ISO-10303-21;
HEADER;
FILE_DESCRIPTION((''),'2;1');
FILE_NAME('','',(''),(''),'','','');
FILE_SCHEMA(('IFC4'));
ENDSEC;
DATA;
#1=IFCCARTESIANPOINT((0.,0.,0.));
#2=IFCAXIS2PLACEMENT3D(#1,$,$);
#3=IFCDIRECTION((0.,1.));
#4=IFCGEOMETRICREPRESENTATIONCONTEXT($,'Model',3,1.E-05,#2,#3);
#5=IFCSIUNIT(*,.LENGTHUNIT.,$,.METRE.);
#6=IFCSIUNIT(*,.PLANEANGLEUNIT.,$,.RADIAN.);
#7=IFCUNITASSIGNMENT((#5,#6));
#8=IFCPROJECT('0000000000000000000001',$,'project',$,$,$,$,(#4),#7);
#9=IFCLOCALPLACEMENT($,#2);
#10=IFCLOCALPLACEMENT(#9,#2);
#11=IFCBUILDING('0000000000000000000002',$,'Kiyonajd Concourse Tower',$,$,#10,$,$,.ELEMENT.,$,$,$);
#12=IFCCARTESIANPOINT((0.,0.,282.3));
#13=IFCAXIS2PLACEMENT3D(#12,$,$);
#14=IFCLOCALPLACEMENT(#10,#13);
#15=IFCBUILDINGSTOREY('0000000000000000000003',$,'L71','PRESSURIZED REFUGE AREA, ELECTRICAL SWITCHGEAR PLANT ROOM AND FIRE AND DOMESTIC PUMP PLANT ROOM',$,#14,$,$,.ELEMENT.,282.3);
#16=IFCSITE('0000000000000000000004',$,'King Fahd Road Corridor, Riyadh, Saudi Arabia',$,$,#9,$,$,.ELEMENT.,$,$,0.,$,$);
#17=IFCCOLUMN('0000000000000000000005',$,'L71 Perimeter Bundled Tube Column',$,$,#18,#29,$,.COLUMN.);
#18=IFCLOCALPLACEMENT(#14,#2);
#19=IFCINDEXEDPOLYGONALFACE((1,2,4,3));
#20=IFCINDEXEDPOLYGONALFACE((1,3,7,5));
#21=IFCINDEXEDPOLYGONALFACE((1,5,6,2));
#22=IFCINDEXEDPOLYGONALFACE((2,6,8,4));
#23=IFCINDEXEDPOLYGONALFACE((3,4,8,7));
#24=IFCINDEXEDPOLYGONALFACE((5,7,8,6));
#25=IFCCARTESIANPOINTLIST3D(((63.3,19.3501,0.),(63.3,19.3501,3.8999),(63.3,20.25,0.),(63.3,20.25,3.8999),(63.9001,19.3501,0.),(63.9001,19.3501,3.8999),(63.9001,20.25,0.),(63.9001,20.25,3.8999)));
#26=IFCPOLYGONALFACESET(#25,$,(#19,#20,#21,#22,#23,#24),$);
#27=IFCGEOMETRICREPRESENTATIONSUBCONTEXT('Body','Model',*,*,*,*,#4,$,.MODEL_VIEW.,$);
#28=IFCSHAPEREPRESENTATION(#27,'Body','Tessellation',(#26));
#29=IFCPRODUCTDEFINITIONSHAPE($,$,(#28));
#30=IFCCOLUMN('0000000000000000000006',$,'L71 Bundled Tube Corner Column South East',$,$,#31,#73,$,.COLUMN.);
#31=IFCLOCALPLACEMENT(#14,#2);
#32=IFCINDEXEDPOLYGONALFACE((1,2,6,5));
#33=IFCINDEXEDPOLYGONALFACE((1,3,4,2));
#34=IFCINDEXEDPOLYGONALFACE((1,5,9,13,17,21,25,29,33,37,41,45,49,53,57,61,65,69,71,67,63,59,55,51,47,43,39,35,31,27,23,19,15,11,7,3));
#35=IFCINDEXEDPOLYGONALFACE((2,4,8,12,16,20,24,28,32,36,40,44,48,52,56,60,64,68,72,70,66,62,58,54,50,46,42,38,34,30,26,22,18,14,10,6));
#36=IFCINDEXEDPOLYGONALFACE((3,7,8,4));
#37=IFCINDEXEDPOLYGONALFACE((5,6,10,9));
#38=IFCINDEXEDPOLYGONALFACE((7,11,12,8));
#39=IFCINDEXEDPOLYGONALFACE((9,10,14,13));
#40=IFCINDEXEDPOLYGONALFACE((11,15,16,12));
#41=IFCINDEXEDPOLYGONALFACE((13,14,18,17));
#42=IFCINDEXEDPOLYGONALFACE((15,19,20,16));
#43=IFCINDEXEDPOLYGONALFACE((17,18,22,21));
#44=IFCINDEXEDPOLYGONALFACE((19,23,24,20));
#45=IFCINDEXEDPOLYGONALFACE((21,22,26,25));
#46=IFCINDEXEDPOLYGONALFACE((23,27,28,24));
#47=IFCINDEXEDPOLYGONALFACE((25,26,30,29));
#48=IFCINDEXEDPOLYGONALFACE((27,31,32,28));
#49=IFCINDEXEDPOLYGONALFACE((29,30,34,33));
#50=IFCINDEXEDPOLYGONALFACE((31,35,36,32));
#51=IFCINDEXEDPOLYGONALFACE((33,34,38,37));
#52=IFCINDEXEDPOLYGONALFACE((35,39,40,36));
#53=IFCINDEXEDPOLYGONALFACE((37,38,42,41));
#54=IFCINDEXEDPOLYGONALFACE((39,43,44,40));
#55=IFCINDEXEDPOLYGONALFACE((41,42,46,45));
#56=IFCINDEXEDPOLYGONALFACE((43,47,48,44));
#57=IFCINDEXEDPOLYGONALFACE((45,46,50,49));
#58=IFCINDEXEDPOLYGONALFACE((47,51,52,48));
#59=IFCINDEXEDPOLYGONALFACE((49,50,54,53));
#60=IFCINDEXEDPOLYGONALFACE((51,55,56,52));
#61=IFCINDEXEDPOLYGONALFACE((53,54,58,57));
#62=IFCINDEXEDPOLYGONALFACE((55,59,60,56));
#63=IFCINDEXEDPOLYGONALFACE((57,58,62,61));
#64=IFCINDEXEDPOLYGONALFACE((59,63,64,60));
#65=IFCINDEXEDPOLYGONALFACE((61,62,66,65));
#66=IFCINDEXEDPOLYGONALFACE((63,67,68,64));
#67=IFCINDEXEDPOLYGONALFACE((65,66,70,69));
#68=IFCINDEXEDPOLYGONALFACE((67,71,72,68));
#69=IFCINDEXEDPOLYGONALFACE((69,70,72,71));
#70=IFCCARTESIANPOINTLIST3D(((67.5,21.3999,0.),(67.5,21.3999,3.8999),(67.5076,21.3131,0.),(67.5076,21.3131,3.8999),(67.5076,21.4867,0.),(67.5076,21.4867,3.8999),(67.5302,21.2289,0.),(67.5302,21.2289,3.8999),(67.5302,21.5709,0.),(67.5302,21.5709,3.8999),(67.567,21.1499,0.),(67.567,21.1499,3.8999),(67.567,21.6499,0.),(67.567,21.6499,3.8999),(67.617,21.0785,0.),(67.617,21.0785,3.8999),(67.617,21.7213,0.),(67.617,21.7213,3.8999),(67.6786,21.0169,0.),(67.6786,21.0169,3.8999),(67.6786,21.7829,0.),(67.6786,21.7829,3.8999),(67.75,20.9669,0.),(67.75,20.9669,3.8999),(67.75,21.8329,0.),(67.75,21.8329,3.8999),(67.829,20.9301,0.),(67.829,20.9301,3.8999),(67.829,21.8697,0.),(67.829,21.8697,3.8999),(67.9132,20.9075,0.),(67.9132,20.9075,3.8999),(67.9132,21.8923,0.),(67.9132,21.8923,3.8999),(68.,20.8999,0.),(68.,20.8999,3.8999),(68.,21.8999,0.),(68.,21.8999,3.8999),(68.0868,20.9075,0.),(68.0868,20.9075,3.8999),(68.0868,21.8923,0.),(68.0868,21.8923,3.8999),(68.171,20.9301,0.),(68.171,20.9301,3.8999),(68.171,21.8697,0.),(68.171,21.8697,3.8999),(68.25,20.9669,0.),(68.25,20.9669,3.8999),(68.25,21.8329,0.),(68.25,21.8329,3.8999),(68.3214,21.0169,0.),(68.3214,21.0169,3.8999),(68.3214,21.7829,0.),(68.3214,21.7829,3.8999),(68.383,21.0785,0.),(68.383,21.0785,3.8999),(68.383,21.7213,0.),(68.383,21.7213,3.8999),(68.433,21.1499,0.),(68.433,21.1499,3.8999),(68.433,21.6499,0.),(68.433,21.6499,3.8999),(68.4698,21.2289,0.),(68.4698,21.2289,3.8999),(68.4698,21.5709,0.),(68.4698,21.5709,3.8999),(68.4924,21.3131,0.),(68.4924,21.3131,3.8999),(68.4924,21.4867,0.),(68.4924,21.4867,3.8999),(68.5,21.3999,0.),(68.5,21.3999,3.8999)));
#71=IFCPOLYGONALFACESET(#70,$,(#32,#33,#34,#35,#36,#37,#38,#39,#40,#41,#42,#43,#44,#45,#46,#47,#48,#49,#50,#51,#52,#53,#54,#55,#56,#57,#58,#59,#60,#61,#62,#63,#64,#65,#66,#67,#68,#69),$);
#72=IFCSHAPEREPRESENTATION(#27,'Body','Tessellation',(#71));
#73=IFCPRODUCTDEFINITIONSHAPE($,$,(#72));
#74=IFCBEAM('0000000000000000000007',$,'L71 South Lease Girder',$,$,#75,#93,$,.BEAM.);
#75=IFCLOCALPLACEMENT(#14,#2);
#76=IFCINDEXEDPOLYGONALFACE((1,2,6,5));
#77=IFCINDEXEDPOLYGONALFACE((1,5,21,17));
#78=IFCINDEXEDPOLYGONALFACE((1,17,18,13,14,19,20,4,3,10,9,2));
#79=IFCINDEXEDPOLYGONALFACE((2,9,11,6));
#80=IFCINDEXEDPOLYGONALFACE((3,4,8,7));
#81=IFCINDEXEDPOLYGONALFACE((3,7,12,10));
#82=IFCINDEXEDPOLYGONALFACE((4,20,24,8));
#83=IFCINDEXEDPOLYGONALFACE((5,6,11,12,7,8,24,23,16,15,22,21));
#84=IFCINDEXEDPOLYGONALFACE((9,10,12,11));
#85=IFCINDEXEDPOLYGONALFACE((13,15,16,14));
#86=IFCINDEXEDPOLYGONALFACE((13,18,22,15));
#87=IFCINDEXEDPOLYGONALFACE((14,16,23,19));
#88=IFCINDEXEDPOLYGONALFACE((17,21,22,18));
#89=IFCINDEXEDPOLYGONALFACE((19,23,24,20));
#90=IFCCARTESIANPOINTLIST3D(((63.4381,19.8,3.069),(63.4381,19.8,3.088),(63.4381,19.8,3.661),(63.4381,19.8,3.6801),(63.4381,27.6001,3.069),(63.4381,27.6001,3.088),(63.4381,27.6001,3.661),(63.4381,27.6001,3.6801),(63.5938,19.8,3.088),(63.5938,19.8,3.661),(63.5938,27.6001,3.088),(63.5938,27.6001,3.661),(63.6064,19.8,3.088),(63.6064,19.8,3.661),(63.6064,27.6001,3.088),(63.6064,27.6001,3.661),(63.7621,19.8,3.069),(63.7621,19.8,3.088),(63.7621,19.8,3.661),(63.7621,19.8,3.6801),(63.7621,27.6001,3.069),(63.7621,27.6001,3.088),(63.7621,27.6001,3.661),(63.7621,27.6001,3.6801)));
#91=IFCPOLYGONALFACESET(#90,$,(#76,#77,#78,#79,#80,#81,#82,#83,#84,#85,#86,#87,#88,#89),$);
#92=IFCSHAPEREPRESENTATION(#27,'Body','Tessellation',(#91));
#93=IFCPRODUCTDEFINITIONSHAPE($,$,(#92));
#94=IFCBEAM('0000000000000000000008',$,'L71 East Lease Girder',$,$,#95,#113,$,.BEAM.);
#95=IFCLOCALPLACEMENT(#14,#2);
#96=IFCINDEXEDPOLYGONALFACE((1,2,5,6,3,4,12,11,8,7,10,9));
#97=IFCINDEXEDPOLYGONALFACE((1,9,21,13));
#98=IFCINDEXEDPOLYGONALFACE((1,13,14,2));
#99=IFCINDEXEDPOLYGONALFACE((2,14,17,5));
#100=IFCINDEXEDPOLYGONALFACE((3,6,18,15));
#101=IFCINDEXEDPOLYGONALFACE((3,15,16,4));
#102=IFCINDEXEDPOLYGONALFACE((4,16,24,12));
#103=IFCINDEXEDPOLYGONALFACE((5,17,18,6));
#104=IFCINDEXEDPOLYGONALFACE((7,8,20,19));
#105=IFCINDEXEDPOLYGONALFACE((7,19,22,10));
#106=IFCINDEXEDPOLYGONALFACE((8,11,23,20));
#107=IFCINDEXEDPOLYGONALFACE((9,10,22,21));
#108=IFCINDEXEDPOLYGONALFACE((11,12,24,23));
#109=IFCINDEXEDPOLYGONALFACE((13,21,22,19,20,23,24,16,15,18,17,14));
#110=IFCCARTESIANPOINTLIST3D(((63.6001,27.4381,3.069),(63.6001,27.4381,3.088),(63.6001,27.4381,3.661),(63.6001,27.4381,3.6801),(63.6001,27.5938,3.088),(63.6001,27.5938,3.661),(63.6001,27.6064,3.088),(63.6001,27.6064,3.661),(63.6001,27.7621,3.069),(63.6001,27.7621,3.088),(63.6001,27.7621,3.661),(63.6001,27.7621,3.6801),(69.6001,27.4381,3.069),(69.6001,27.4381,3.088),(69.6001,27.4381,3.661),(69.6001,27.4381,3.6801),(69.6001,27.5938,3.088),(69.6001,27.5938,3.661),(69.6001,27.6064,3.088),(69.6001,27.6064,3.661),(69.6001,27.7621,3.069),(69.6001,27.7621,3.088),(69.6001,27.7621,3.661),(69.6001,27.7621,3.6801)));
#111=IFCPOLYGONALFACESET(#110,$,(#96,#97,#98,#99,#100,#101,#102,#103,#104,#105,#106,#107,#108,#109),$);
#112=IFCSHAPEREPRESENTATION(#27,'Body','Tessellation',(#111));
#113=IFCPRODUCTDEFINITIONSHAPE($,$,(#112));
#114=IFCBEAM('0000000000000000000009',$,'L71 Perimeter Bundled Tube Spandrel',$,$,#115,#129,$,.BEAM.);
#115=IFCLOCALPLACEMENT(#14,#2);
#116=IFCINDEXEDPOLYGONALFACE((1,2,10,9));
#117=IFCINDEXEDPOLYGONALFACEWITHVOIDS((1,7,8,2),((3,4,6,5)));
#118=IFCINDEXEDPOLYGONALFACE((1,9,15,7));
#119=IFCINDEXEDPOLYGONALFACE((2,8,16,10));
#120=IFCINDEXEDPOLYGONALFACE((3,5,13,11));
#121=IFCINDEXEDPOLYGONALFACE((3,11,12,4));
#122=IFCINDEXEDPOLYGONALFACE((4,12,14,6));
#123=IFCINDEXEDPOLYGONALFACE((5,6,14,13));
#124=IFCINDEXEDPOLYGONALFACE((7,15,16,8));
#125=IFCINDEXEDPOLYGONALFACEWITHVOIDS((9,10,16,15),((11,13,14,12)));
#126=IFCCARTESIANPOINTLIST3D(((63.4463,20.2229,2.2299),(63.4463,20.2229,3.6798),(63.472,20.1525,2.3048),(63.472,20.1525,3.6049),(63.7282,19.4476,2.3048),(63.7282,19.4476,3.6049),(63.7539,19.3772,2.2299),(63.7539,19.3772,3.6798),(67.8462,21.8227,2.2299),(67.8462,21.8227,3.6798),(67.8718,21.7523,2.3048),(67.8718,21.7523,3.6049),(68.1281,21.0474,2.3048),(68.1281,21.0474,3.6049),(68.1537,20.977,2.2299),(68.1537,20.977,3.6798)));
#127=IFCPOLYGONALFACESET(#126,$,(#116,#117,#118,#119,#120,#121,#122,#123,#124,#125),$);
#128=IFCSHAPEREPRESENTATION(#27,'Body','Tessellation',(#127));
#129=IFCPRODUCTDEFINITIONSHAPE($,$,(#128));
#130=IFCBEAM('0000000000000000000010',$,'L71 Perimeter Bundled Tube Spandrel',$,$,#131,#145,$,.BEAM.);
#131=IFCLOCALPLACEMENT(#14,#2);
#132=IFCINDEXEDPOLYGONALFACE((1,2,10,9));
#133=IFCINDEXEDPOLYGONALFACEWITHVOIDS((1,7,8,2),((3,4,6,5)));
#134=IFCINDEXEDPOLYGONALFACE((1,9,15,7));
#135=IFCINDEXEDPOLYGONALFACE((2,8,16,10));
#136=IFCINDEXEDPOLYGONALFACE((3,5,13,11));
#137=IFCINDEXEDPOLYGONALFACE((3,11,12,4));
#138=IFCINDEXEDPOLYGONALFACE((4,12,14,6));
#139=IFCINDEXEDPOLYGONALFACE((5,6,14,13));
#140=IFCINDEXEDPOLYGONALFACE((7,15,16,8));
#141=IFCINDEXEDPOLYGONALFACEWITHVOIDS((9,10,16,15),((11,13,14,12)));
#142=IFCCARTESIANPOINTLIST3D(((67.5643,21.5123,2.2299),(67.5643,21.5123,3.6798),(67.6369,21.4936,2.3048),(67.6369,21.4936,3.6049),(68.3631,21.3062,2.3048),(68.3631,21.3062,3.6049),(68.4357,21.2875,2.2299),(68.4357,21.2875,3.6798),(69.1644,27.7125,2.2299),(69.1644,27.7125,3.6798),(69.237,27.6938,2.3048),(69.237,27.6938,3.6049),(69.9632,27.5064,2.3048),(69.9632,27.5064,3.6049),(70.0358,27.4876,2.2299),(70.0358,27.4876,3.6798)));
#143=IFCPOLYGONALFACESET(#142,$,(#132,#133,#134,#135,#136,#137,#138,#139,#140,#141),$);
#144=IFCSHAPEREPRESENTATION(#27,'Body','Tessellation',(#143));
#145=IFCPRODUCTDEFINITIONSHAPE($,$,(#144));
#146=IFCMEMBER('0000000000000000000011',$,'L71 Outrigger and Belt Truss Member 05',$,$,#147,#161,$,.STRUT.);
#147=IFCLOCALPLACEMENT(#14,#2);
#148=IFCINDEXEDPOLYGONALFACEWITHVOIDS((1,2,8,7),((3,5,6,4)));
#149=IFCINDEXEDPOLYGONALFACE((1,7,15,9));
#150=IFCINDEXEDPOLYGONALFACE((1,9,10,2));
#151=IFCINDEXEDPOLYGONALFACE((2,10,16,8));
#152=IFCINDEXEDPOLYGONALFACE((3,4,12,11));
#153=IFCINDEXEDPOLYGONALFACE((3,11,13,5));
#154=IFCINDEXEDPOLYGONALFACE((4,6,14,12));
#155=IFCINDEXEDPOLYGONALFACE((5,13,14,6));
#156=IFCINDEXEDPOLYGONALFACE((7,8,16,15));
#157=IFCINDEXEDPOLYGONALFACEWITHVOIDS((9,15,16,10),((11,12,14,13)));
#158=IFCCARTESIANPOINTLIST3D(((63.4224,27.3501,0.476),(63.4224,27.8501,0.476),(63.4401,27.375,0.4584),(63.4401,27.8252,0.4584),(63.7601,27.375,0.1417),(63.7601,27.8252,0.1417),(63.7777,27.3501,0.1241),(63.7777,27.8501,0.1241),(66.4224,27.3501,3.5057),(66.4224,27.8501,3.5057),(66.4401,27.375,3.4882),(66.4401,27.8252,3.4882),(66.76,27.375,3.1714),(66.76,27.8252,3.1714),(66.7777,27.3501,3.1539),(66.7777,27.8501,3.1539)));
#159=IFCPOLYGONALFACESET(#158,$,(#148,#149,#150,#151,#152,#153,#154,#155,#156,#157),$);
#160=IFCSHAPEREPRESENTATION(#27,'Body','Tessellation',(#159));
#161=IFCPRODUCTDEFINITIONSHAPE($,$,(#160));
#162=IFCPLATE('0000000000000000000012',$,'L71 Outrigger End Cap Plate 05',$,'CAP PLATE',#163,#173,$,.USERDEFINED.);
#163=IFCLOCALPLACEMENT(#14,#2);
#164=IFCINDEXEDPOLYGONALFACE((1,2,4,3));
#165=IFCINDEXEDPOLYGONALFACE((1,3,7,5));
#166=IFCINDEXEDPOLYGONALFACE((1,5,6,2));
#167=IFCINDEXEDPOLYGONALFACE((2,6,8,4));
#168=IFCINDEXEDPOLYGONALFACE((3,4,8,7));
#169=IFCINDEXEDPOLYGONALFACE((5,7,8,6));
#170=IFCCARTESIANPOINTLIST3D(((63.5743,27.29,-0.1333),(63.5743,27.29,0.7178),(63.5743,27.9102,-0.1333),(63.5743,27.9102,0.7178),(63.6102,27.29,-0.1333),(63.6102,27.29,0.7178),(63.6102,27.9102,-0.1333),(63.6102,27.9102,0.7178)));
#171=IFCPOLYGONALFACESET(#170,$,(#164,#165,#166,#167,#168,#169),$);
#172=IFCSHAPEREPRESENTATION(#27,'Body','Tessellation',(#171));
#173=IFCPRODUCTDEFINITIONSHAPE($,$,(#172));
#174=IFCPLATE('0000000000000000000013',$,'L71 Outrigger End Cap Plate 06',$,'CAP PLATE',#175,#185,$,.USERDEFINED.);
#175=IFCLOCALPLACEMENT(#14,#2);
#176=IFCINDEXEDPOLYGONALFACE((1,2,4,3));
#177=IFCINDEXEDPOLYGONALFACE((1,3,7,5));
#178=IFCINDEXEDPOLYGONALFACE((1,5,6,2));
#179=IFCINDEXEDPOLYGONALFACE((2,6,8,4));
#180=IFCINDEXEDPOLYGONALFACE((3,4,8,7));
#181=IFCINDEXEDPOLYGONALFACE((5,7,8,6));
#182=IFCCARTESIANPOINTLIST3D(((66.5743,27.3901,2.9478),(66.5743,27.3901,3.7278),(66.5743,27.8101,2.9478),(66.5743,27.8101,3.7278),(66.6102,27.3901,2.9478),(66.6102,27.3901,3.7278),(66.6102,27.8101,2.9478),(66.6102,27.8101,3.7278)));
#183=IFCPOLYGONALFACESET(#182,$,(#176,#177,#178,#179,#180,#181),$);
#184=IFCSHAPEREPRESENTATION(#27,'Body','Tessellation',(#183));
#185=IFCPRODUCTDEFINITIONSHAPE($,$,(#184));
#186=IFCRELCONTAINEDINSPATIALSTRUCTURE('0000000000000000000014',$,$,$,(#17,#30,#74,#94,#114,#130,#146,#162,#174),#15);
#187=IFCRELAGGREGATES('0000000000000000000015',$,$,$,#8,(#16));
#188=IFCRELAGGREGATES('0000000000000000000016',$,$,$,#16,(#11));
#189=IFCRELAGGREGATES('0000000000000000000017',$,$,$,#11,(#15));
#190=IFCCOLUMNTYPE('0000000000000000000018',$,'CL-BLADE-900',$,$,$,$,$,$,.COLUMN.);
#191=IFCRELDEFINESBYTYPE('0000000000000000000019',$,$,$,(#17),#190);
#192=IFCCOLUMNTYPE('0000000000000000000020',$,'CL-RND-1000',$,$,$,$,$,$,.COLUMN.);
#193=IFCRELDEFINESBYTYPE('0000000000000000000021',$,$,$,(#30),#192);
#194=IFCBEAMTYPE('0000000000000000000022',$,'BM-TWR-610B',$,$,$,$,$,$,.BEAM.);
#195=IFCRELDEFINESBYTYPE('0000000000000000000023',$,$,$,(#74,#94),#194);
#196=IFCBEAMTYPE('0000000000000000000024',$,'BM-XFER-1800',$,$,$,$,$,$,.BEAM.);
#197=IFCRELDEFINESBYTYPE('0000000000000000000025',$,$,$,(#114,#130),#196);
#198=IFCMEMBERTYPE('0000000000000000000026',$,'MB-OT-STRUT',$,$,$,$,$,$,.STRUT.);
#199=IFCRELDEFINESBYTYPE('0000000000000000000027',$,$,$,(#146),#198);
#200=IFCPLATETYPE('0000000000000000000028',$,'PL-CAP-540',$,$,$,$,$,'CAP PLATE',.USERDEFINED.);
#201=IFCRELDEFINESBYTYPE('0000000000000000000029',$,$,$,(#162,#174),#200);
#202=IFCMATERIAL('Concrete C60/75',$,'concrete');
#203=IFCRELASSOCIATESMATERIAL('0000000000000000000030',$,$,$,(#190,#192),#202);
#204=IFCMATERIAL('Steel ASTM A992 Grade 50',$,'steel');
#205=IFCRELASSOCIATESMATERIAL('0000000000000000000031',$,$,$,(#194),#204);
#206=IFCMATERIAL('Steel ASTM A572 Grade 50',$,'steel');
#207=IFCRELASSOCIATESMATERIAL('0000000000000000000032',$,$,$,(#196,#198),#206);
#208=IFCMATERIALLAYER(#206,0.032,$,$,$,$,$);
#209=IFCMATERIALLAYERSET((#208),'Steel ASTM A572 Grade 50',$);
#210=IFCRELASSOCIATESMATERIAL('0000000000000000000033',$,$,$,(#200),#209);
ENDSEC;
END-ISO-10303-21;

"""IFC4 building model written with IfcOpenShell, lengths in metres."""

from ifc_helpers import new_model, si_unit, direction, frame, origin, origin_2d, place, context, subcontext, project, spatial, rectangle, hollow_rectangle, circle, i_section, extrude, material, layer, layer_set, material_profile, profile_set, type_object, element, save


model = new_model("IFC4")

# Units and contexts
model_context = context("Model", 3, precision=1e-05, world=origin(), true_north=direction((0.0, 1.0)))
body_context = subcontext(model_context, "Body", "Model", "MODEL_VIEW")
ifc_project = project(units=[si_unit("LENGTHUNIT", "METRE"), si_unit("PLANEANGLEUNIT", "RADIAN")], contexts=[model_context])

# Site, building, storey
site_placement = place(None, origin())
site = spatial("IfcSite", under=ifc_project, at=site_placement, Name="King Fahd Road Corridor, Riyadh, Saudi Arabia", CompositionType="ELEMENT", RefElevation=0.0)
building_placement = place(site_placement, origin())
building = spatial("IfcBuilding", under=site, at=building_placement, Name="Kiyonajd Concourse Tower", CompositionType="ELEMENT")
storey_placement = place(building_placement, frame((0.0, 0.0, 282.3)))
storey = spatial("IfcBuildingStorey", under=building, at=storey_placement, Name="L71", Description="PRESSURIZED REFUGE AREA, ELECTRICAL SWITCHGEAR PLANT ROOM AND FIRE AND DOMESTIC PUMP PLANT ROOM", CompositionType="ELEMENT", Elevation=282.3)

# Columns
ifc_material_1 = material(Name="Concrete C60/75", Category="concrete")
ifc_material_profile_1 = material_profile(ifc_material_1, rectangle(XDim=0.6001, YDim=0.8999, at=origin_2d()), Name="RC-900x600")
ifc_profile_set_1 = profile_set([ifc_material_profile_1], Name="Concrete C60/75")
column_type_1 = type_object("IfcColumnType", Name="CL-BLADE-900", PredefinedType="COLUMN", material=ifc_profile_set_1)
column_1_placement = place(storey_placement, frame((63.6001, 19.8, 0.0), z_axis=(0.0, 0.0, 1.0), x_axis=(1.0, 0.0, 0.0)))
element("IfcColumn", 1, at=column_1_placement, inside=storey, type_object=column_type_1, Name="L71 Perimeter Bundled Tube Column", PredefinedType="COLUMN", context=body_context, shape_type="SweptSolid", body=[
    extrude(rectangle(XDim=0.6001, YDim=0.8999, at=origin_2d()), origin(), (0.0, 0.0, 1.0), 3.8999),
])
ifc_material_profile_2 = material_profile(ifc_material_1, circle(Radius=0.5, at=origin_2d()), Name="RCC-D1000")
ifc_profile_set_2 = profile_set([ifc_material_profile_2], Name="Concrete C60/75")
column_type_2 = type_object("IfcColumnType", Name="CL-RND-1000", PredefinedType="COLUMN", material=ifc_profile_set_2)
column_2_placement = place(storey_placement, frame((68.0, 21.3999, 0.0), z_axis=(0.0, 0.0, 1.0), x_axis=(1.0, 0.0, 0.0)))
element("IfcColumn", 2, at=column_2_placement, inside=storey, type_object=column_type_2, Name="L71 Bundled Tube Corner Column South East", PredefinedType="COLUMN", context=body_context, shape_type="SweptSolid", body=[
    extrude(circle(Radius=0.5, at=origin_2d()), origin(), (0.0, 0.0, 1.0), 3.8999),
])

# Beams
ifc_material_2 = material(Name="Steel ASTM A992 Grade 50", Category="steel")
ifc_material_profile_3 = material_profile(ifc_material_2, i_section(OverallWidth=0.324, OverallDepth=0.6111, WebThickness=0.0127, FlangeThickness=0.019, at=origin_2d()), Name="W610X155")
ifc_profile_set_3 = profile_set([ifc_material_profile_3], Name="Steel ASTM A992 Grade 50")
beam_type_1 = type_object("IfcBeamType", Name="BM-TWR-610B", PredefinedType="BEAM", material=ifc_profile_set_3)
beam_1_placement = place(storey_placement, frame((63.6001, 19.8, 3.3745), z_axis=(0.0, 1.0, 0.0), x_axis=(-1.0, 0.0, 0.0)))
element("IfcBeam", 3, at=beam_1_placement, inside=storey, type_object=beam_type_1, Name="L71 South Lease Girder", PredefinedType="BEAM", context=body_context, shape_type="SweptSolid", body=[
    extrude(i_section(OverallWidth=0.324, OverallDepth=0.6111, WebThickness=0.0127, FlangeThickness=0.019, at=origin_2d()), origin(), (0.0, 0.0, 1.0), 7.8),
])
beam_2_placement = place(storey_placement, frame((63.6001, 27.6001, 3.3745), z_axis=(1.0, 0.0, 0.0), x_axis=(0.0, 1.0, 0.0)))
element("IfcBeam", 4, at=beam_2_placement, inside=storey, type_object=beam_type_1, Name="L71 East Lease Girder", PredefinedType="BEAM", context=body_context, shape_type="SweptSolid", body=[
    extrude(i_section(OverallWidth=0.324, OverallDepth=0.6111, WebThickness=0.0127, FlangeThickness=0.019, at=origin_2d()), origin(), (0.0, 0.0, 1.0), 6.0),
])
ifc_material_3 = material(Name="Steel ASTM A572 Grade 50", Category="steel")
ifc_material_profile_4 = material_profile(ifc_material_3, hollow_rectangle(XDim=0.8999, YDim=1.45, WallThickness=0.075, at=origin_2d()), Name="BOX-1450x900x75")
ifc_profile_set_4 = profile_set([ifc_material_profile_4], Name="Steel ASTM A572 Grade 50")
beam_type_2 = type_object("IfcBeamType", Name="BM-XFER-1800", PredefinedType="BEAM", material=ifc_profile_set_4)
beam_3_placement = place(storey_placement, frame((63.6001, 19.8, 2.9548), z_axis=(0.939801, 0.341722, 0.0), x_axis=(-0.341722, 0.939801, 0.0)))
element("IfcBeam", 5, at=beam_3_placement, inside=storey, type_object=beam_type_2, Name="L71 Perimeter Bundled Tube Spandrel", PredefinedType="BEAM", context=body_context, shape_type="SweptSolid", body=[
    extrude(hollow_rectangle(XDim=0.8999, YDim=1.45, WallThickness=0.075, at=origin_2d()), origin(), (0.0, 0.0, 1.0), 4.6816),
])
beam_4_placement = place(storey_placement, frame((68.0, 21.3999, 2.9548), z_axis=(0.249885, 0.968276, 0.0), x_axis=(-0.968276, 0.249885, 0.0)))
element("IfcBeam", 6, at=beam_4_placement, inside=storey, type_object=beam_type_2, Name="L71 Perimeter Bundled Tube Spandrel", PredefinedType="BEAM", context=body_context, shape_type="SweptSolid", body=[
    extrude(hollow_rectangle(XDim=0.8999, YDim=1.45, WallThickness=0.075, at=origin_2d()), origin(), (0.0, 0.0, 1.0), 6.4033),
])

# Member
ifc_material_profile_5 = material_profile(ifc_material_3, hollow_rectangle(XDim=0.5, YDim=0.5, WallThickness=0.0249, at=origin_2d()), Name="HSS-500x500x25")
ifc_profile_set_5 = profile_set([ifc_material_profile_5], Name="Steel ASTM A572 Grade 50")
member_type = type_object("IfcMemberType", Name="MB-OT-STRUT", PredefinedType="STRUT", material=ifc_profile_set_5)
member_placement = place(storey_placement, frame((63.6001, 27.6001, 0.3), z_axis=(0.703605, 0.0, 0.710591), x_axis=(0.0, 1.0, 0.0)))
element("IfcMember", 7, at=member_placement, inside=storey, type_object=member_type, Name="L71 Outrigger and Belt Truss Member 05", PredefinedType="STRUT", context=body_context, shape_type="SweptSolid", body=[
    extrude(hollow_rectangle(XDim=0.5, YDim=0.5, WallThickness=0.0249, at=origin_2d()), origin(), (0.0, 0.0, 1.0), 4.2637),
])

# Plates
ifc_layer_1 = layer(ifc_material_3, 0.032)
ifc_layer_set_1 = layer_set([ifc_layer_1], Name="Steel ASTM A572 Grade 50")
plate_type = type_object("IfcPlateType", Name="PL-CAP-540", ElementType="CAP PLATE", PredefinedType="USERDEFINED", material=ifc_layer_set_1)
plate_1_placement = place(storey_placement, frame((63.5923, 27.6001, -0.1333), z_axis=(0.0, 0.0, 1.0), x_axis=(-1.0, 0.0, 0.0)))
element("IfcPlate", 8, at=plate_1_placement, inside=storey, type_object=plate_type, Name="L71 Outrigger End Cap Plate 05", ObjectType="CAP PLATE", PredefinedType="USERDEFINED", context=body_context, shape_type="SweptSolid", body=[
    extrude(rectangle(XDim=0.0359, YDim=0.6201, at=origin_2d()), origin(), (0.0, 0.0, 1.0), 0.8511),
])
plate_2_placement = place(storey_placement, frame((66.5923, 27.6001, 2.9478), z_axis=(0.0, 0.0, 1.0), x_axis=(-1.0, 0.0, 0.0)))
element("IfcPlate", 9, at=plate_2_placement, inside=storey, type_object=plate_type, Name="L71 Outrigger End Cap Plate 06", ObjectType="CAP PLATE", PredefinedType="USERDEFINED", context=body_context, shape_type="SweptSolid", body=[
    extrude(rectangle(XDim=0.0359, YDim=0.4199, at=origin_2d()), origin(), (0.0, 0.0, 1.0), 0.78),
])

save(model, "model.ifc")
